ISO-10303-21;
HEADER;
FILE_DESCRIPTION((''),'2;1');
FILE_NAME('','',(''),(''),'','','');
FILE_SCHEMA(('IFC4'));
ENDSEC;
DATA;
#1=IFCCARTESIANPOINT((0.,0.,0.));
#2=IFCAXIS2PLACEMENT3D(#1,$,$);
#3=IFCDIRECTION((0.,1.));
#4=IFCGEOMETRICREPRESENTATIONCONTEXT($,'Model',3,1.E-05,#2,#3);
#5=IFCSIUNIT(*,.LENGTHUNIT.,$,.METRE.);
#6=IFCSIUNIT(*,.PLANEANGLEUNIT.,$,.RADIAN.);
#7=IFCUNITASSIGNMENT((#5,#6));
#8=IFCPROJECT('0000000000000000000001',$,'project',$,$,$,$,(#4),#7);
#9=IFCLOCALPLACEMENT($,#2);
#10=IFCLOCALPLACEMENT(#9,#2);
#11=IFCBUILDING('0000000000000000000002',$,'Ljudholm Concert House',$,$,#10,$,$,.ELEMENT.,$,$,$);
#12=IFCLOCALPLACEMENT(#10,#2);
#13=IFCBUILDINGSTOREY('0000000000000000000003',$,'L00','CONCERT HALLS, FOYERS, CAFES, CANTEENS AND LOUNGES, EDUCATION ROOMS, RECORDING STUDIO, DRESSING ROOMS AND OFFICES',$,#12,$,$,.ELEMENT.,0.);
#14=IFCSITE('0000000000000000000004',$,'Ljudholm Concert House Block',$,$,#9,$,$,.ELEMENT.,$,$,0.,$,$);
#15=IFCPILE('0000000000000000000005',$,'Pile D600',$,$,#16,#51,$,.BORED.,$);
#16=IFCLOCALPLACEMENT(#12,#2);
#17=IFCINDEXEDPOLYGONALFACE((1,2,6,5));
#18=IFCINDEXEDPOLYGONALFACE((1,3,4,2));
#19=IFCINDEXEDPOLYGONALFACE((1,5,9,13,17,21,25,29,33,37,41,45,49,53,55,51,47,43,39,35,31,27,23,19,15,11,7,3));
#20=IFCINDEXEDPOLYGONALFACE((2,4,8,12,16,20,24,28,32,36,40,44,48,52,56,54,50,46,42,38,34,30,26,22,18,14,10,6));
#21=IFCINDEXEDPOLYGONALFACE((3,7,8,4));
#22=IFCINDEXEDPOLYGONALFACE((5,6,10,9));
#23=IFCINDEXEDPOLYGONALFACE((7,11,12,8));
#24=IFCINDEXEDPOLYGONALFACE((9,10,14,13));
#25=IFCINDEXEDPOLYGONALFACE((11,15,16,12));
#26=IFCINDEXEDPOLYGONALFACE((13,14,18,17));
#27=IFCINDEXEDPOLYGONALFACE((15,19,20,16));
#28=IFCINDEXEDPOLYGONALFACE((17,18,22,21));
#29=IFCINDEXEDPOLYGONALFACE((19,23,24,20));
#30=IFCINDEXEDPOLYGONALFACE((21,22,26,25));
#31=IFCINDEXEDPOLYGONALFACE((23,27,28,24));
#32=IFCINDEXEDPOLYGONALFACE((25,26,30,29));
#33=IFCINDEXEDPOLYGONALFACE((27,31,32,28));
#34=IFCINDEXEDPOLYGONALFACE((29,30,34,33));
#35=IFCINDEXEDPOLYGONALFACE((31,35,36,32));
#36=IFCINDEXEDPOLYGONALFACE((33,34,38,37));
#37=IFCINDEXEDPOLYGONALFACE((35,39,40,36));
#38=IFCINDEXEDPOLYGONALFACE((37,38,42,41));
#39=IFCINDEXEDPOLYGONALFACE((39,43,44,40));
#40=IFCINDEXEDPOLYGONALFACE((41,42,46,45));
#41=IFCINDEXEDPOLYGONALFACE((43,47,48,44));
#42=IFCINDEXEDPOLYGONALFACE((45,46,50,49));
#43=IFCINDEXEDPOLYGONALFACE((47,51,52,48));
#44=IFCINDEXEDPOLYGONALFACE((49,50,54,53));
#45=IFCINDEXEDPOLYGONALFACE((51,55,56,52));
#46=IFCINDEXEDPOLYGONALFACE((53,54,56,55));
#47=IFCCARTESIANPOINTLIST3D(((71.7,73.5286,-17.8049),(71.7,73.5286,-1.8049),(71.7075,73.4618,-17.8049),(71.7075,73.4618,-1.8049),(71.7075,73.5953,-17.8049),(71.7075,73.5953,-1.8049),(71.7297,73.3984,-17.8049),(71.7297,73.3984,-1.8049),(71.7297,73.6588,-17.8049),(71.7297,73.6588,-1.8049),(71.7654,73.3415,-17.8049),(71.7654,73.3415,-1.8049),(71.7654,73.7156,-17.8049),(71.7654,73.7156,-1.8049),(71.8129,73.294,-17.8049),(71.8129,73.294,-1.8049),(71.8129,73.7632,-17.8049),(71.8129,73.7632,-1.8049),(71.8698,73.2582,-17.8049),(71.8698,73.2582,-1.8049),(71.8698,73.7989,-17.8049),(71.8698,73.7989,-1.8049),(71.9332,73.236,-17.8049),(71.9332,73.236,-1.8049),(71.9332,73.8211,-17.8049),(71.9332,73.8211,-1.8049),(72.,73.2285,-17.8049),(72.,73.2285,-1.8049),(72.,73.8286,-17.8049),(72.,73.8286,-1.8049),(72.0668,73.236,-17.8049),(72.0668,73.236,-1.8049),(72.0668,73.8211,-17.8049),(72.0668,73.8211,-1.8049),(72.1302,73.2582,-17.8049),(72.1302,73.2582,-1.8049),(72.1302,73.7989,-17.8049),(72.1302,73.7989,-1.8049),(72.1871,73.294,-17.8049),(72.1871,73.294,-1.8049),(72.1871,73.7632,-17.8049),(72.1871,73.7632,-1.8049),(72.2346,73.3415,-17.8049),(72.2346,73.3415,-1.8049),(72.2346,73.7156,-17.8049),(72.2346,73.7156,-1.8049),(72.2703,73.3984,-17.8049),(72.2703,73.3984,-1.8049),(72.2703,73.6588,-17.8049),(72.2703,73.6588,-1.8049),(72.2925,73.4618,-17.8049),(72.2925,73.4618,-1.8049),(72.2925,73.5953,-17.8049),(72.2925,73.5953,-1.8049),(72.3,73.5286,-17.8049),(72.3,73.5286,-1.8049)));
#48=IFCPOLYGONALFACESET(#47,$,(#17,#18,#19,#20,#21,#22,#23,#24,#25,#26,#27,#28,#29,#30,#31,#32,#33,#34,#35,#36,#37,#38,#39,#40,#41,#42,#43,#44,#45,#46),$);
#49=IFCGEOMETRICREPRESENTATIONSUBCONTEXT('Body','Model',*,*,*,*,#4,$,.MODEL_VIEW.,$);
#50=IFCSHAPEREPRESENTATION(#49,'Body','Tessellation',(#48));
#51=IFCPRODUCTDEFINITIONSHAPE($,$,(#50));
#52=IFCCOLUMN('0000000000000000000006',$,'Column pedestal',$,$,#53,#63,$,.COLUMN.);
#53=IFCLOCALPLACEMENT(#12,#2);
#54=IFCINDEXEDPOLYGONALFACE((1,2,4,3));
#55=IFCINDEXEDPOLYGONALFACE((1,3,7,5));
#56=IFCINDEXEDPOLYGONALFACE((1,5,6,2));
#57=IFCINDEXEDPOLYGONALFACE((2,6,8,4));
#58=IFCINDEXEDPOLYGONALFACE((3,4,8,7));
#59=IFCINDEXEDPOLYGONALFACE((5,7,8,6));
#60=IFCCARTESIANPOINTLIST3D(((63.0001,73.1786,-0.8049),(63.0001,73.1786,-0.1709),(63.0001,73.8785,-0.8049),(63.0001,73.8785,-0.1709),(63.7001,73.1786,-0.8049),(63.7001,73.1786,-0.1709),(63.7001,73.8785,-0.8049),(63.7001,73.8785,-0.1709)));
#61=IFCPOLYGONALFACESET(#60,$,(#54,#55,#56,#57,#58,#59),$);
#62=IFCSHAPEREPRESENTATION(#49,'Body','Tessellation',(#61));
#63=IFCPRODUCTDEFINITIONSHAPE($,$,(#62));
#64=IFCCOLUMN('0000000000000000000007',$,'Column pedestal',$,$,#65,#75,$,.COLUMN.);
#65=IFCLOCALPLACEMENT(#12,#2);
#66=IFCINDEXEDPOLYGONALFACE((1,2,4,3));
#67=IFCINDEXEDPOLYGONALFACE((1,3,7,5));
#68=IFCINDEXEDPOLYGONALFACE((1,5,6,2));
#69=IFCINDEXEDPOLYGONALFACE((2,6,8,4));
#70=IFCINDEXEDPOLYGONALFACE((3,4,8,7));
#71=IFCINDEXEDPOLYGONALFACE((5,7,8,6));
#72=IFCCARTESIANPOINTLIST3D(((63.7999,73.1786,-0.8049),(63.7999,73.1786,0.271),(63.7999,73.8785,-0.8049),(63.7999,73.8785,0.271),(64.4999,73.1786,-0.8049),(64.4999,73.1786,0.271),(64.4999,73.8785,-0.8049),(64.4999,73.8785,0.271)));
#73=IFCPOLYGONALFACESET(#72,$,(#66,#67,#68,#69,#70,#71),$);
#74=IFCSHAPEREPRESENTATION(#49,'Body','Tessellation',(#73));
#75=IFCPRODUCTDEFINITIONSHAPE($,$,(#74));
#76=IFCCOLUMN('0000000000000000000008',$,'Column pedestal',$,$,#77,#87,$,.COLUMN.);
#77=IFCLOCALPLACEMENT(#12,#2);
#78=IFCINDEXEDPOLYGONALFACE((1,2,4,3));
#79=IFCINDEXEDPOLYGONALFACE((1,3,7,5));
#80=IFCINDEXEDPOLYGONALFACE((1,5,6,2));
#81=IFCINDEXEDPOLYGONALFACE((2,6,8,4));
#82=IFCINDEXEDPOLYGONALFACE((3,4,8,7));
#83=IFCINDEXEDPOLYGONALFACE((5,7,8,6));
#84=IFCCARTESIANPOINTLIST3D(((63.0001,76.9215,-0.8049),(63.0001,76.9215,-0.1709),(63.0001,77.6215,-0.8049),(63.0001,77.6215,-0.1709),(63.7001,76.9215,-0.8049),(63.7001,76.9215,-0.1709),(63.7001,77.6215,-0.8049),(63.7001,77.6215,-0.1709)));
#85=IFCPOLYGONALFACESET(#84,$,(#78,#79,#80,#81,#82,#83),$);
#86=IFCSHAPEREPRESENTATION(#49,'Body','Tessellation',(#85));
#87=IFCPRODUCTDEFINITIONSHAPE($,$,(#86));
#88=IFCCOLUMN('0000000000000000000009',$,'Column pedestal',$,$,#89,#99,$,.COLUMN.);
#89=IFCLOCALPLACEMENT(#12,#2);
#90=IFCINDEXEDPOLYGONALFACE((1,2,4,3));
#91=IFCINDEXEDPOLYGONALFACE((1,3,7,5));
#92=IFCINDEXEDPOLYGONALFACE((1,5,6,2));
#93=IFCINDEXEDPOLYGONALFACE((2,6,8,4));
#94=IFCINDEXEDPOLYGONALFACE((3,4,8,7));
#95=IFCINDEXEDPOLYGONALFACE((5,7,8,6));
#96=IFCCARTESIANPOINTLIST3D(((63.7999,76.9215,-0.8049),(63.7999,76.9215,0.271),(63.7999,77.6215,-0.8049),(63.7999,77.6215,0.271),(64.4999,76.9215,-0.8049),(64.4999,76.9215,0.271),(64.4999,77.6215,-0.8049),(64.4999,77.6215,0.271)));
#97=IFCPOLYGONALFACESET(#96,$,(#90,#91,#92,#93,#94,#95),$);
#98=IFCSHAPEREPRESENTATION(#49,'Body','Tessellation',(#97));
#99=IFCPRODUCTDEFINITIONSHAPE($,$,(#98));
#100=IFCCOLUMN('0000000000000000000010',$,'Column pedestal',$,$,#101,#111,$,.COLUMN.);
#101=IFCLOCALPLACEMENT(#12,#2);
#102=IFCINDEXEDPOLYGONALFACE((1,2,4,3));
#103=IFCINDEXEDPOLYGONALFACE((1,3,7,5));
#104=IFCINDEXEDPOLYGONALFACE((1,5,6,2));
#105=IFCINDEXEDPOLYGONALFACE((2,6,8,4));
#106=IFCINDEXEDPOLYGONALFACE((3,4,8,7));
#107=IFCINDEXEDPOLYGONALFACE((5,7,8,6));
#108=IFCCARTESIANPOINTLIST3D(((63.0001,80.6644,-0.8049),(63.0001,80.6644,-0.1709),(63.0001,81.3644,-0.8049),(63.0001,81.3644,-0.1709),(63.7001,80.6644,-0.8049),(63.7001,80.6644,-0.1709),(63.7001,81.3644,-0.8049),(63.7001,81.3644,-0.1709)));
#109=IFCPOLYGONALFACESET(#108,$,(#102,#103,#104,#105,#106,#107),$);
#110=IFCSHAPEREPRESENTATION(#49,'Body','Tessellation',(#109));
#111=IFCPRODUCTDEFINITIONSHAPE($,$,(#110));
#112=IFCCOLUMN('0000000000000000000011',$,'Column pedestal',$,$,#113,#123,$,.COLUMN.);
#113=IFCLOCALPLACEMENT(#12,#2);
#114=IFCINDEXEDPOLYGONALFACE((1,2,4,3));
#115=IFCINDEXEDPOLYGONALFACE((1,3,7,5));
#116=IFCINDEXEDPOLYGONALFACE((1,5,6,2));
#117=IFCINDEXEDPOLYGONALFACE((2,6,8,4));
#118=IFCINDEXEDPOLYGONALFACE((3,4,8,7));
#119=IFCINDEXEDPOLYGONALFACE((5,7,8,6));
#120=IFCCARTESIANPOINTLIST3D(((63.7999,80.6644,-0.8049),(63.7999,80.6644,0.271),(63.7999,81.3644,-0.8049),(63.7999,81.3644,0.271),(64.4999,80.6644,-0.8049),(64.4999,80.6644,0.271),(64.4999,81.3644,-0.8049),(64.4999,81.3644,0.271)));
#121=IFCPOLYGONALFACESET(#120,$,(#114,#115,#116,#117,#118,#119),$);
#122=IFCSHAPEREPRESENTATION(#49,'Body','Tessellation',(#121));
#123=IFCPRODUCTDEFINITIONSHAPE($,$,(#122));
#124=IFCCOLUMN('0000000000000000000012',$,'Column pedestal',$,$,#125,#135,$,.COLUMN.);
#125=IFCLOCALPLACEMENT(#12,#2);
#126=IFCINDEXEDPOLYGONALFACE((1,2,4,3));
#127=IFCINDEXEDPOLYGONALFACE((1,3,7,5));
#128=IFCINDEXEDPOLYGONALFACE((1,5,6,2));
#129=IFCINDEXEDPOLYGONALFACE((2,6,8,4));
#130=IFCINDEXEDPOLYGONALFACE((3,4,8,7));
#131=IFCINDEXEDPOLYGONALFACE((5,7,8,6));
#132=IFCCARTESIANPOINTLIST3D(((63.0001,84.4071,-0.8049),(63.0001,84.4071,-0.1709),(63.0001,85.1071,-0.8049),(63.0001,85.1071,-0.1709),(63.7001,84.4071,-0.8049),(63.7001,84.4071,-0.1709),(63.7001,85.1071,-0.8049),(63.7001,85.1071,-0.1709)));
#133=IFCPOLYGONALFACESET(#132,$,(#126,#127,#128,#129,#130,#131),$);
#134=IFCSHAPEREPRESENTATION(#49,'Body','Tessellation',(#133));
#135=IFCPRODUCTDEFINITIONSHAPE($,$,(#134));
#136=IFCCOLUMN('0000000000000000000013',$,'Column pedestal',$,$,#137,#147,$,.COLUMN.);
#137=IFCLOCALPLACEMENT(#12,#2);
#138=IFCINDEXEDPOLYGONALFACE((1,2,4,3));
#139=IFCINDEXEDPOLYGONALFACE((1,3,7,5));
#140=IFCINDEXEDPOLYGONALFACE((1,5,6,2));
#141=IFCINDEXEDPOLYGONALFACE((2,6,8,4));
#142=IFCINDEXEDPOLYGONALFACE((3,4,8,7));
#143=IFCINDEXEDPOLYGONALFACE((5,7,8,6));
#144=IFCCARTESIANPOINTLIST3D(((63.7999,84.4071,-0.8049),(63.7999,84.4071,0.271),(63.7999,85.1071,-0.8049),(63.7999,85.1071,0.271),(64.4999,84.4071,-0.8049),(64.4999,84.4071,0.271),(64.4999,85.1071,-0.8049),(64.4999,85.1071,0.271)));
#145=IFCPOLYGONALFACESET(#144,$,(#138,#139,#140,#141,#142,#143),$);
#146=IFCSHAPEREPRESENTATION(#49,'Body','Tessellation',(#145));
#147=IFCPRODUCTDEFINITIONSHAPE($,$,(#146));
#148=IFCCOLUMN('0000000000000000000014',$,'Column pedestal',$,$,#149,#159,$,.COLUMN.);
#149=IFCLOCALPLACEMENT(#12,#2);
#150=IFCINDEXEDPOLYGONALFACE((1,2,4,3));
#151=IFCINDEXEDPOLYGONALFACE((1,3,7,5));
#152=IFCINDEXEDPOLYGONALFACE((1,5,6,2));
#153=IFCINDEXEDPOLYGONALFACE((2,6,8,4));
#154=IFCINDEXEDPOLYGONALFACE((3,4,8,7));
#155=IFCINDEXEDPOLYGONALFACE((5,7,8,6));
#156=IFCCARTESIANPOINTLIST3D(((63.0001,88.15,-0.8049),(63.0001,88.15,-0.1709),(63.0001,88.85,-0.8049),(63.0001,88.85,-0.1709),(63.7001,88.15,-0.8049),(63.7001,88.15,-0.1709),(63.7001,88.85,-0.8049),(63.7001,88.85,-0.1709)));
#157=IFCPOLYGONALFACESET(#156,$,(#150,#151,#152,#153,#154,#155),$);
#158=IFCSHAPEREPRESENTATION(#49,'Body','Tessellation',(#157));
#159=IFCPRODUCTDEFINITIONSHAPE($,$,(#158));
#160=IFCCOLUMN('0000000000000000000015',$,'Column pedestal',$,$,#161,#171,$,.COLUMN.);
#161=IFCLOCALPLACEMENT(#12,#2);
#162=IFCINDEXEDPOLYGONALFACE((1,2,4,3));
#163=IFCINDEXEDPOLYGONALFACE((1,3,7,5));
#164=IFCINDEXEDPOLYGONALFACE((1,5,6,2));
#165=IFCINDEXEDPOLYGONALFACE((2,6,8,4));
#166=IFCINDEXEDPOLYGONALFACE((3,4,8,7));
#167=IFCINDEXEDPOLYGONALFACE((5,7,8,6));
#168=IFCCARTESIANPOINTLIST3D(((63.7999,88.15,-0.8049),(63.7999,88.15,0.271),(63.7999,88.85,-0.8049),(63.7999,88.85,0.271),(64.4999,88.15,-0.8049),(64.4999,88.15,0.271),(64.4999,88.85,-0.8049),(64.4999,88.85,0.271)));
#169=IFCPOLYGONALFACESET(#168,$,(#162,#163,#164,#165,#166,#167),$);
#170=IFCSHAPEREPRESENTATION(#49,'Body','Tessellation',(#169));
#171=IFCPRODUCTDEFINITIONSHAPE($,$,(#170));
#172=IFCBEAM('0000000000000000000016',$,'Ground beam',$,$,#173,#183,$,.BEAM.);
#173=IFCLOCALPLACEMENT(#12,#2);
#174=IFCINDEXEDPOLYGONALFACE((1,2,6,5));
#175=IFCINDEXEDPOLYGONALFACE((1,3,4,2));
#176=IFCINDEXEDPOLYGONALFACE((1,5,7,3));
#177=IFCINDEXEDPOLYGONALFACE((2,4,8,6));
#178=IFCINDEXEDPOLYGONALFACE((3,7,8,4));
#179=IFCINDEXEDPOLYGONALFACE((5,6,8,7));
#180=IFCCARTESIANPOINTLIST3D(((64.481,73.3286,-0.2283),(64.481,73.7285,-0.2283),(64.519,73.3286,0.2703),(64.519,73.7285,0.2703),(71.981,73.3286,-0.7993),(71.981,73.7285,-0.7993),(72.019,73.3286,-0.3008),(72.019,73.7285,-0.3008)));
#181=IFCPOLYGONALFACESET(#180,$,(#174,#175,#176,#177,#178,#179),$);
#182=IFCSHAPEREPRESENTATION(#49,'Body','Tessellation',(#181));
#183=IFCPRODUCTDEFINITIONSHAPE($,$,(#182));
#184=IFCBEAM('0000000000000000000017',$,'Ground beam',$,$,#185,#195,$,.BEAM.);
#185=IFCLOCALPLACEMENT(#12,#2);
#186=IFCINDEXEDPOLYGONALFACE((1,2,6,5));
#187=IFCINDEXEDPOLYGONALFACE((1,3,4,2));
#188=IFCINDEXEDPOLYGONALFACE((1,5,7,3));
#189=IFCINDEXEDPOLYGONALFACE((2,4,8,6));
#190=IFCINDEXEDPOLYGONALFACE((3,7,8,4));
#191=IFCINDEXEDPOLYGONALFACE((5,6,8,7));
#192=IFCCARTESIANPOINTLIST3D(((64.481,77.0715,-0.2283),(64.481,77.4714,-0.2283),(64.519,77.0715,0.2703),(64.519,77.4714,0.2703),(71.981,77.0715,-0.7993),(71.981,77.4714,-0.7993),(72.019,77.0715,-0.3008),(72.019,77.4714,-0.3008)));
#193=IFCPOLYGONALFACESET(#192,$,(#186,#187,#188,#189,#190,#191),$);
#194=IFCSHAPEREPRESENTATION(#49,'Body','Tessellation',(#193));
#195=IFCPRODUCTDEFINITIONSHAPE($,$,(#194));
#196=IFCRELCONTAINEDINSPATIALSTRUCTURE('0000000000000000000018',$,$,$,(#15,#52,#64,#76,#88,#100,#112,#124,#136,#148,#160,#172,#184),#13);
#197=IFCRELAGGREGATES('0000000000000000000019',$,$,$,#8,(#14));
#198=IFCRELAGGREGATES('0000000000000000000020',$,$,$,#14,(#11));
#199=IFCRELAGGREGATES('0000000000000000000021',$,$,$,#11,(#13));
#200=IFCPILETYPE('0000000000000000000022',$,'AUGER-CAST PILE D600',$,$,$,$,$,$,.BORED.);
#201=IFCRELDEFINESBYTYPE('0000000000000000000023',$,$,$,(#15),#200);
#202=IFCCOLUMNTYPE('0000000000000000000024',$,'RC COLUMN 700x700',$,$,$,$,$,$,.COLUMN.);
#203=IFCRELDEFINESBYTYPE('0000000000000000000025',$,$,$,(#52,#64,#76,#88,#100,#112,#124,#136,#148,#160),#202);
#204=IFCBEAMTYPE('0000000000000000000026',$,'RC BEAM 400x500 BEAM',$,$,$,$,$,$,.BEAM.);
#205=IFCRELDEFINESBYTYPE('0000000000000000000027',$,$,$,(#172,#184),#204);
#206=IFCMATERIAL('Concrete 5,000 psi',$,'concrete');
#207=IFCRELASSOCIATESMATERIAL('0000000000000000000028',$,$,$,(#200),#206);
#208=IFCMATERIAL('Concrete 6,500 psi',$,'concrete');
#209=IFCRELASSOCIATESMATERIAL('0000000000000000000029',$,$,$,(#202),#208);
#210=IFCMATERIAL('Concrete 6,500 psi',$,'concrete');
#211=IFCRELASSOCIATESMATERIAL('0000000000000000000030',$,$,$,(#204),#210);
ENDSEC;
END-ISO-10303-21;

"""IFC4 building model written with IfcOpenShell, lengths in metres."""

from ifc_helpers import new_model, si_unit, direction, frame, origin, origin_2d, place, context, subcontext, project, spatial, rectangle, circle, extrude, material, material_profile, profile_set, type_object, element, save


model = new_model("IFC4")

# Units and contexts
model_context = context("Model", 3, precision=1e-05, world=origin(), true_north=direction((0.0, 1.0)))
body_context = subcontext(model_context, "Body", "Model", "MODEL_VIEW")
ifc_project = project(units=[si_unit("LENGTHUNIT", "METRE"), si_unit("PLANEANGLEUNIT", "RADIAN")], contexts=[model_context])

# Site, building, storey
site_placement = place(None, origin())
site = spatial("IfcSite", under=ifc_project, at=site_placement, Name="Ljudholm Concert House Block", CompositionType="ELEMENT", RefElevation=0.0)
building_placement = place(site_placement, origin())
building = spatial("IfcBuilding", under=site, at=building_placement, Name="Ljudholm Concert House", CompositionType="ELEMENT")
storey_placement = place(building_placement, origin())
storey = spatial("IfcBuildingStorey", under=building, at=storey_placement, Name="L00", Description="CONCERT HALLS, FOYERS, CAFES, CANTEENS AND LOUNGES, EDUCATION ROOMS, RECORDING STUDIO, DRESSING ROOMS AND OFFICES", CompositionType="ELEMENT", Elevation=0.0)

# Pile
ifc_material_1 = material(Name="Concrete 5,000 psi", Category="concrete")
ifc_material_profile_1 = material_profile(ifc_material_1, circle(Radius=0.3, at=origin_2d()), Name="AUGER-CAST PILE D600")
ifc_profile_set_1 = profile_set([ifc_material_profile_1], Name="Concrete 5,000 psi")
pile_type = type_object("IfcPileType", Name="AUGER-CAST PILE D600", PredefinedType="BORED", material=ifc_profile_set_1)
for number, where, z_axis, x_axis, name in (
    (1, (72.0, 73.5286, -1.8049), (0.0, 0.0, -1.0), (1.0, 0.0, 0.0), "Pile D600"),
):
    element("IfcPile", number, at=place(storey_placement, frame(where, z_axis=z_axis, x_axis=x_axis)), inside=storey, type_object=pile_type, Name=name, PredefinedType="BORED", context=body_context, shape_type="SweptSolid", body=[
        extrude(circle(Radius=0.3, at=origin_2d()), origin(), (0.0, 0.0, 1.0), 16.0),
    ])

# Columns
ifc_material_2 = material(Name="Concrete 6,500 psi", Category="concrete")
ifc_material_profile_2 = material_profile(ifc_material_2, rectangle(XDim=0.7, YDim=0.7, at=origin_2d()), Name="RC COLUMN 700x700")
ifc_profile_set_2 = profile_set([ifc_material_profile_2], Name="Concrete 6,500 psi")
column_type = type_object("IfcColumnType", Name="RC COLUMN 700x700", PredefinedType="COLUMN", material=ifc_profile_set_2)
column_1_placement = place(storey_placement, frame((63.3501, 73.5286, -0.8049), z_axis=(0.0, 0.0, 1.0), x_axis=(1.0, 0.0, 0.0)))
element("IfcColumn", 2, at=column_1_placement, inside=storey, type_object=column_type, Name="Column pedestal", PredefinedType="COLUMN", context=body_context, shape_type="SweptSolid", body=[
    extrude(rectangle(XDim=0.7, YDim=0.7, at=origin_2d()), origin(), (0.0, 0.0, 1.0), 0.634),
])
column_2_placement = place(storey_placement, frame((64.1499, 73.5286, -0.8049), z_axis=(0.0, 0.0, 1.0), x_axis=(1.0, 0.0, 0.0)))
element("IfcColumn", 3, at=column_2_placement, inside=storey, type_object=column_type, Name="Column pedestal", PredefinedType="COLUMN", context=body_context, shape_type="SweptSolid", body=[
    extrude(rectangle(XDim=0.7, YDim=0.7, at=origin_2d()), origin(), (0.0, 0.0, 1.0), 1.0759),
])
column_3_placement = place(storey_placement, frame((63.3501, 77.2715, -0.8049), z_axis=(0.0, 0.0, 1.0), x_axis=(1.0, 0.0, 0.0)))
element("IfcColumn", 4, at=column_3_placement, inside=storey, type_object=column_type, Name="Column pedestal", PredefinedType="COLUMN", context=body_context, shape_type="SweptSolid", body=[
    extrude(rectangle(XDim=0.7, YDim=0.7, at=origin_2d()), origin(), (0.0, 0.0, 1.0), 0.634),
])
column_4_placement = place(storey_placement, frame((64.1499, 77.2715, -0.8049), z_axis=(0.0, 0.0, 1.0), x_axis=(1.0, 0.0, 0.0)))
element("IfcColumn", 5, at=column_4_placement, inside=storey, type_object=column_type, Name="Column pedestal", PredefinedType="COLUMN", context=body_context, shape_type="SweptSolid", body=[
    extrude(rectangle(XDim=0.7, YDim=0.7, at=origin_2d()), origin(), (0.0, 0.0, 1.0), 1.0759),
])
column_5_placement = place(storey_placement, frame((63.3501, 81.0144, -0.8049), z_axis=(0.0, 0.0, 1.0), x_axis=(1.0, 0.0, 0.0)))
element("IfcColumn", 6, at=column_5_placement, inside=storey, type_object=column_type, Name="Column pedestal", PredefinedType="COLUMN", context=body_context, shape_type="SweptSolid", body=[
    extrude(rectangle(XDim=0.7, YDim=0.7, at=origin_2d()), origin(), (0.0, 0.0, 1.0), 0.634),
])
column_6_placement = place(storey_placement, frame((64.1499, 81.0144, -0.8049), z_axis=(0.0, 0.0, 1.0), x_axis=(1.0, 0.0, 0.0)))
element("IfcColumn", 7, at=column_6_placement, inside=storey, type_object=column_type, Name="Column pedestal", PredefinedType="COLUMN", context=body_context, shape_type="SweptSolid", body=[
    extrude(rectangle(XDim=0.7, YDim=0.7, at=origin_2d()), origin(), (0.0, 0.0, 1.0), 1.0759),
])
column_7_placement = place(storey_placement, frame((63.3501, 84.7571, -0.8049), z_axis=(0.0, 0.0, 1.0), x_axis=(1.0, 0.0, 0.0)))
element("IfcColumn", 8, at=column_7_placement, inside=storey, type_object=column_type, Name="Column pedestal", PredefinedType="COLUMN", context=body_context, shape_type="SweptSolid", body=[
    extrude(rectangle(XDim=0.7, YDim=0.7, at=origin_2d()), origin(), (0.0, 0.0, 1.0), 0.634),
])
column_8_placement = place(storey_placement, frame((64.1499, 84.7571, -0.8049), z_axis=(0.0, 0.0, 1.0), x_axis=(1.0, 0.0, 0.0)))
element("IfcColumn", 9, at=column_8_placement, inside=storey, type_object=column_type, Name="Column pedestal", PredefinedType="COLUMN", context=body_context, shape_type="SweptSolid", body=[
    extrude(rectangle(XDim=0.7, YDim=0.7, at=origin_2d()), origin(), (0.0, 0.0, 1.0), 1.0759),
])
column_9_placement = place(storey_placement, frame((63.3501, 88.5, -0.8049), z_axis=(0.0, 0.0, 1.0), x_axis=(1.0, 0.0, 0.0)))
element("IfcColumn", 10, at=column_9_placement, inside=storey, type_object=column_type, Name="Column pedestal", PredefinedType="COLUMN", context=body_context, shape_type="SweptSolid", body=[
    extrude(rectangle(XDim=0.7, YDim=0.7, at=origin_2d()), origin(), (0.0, 0.0, 1.0), 0.634),
])
column_10_placement = place(storey_placement, frame((64.1499, 88.5, -0.8049), z_axis=(0.0, 0.0, 1.0), x_axis=(1.0, 0.0, 0.0)))
element("IfcColumn", 11, at=column_10_placement, inside=storey, type_object=column_type, Name="Column pedestal", PredefinedType="COLUMN", context=body_context, shape_type="SweptSolid", body=[
    extrude(rectangle(XDim=0.7, YDim=0.7, at=origin_2d()), origin(), (0.0, 0.0, 1.0), 1.0759),
])

# Beams
ifc_material_3 = material(Name="Concrete 6,500 psi", Category="concrete")
ifc_material_profile_3 = material_profile(ifc_material_3, rectangle(XDim=0.3999, YDim=0.5, at=origin_2d()), Name="RC BEAM 400x500 BEAM")
ifc_profile_set_3 = profile_set([ifc_material_profile_3], Name="Concrete 6,500 psi")
beam_type_1 = type_object("IfcBeamType", Name="RC BEAM 400x500 BEAM", PredefinedType="BEAM", material=ifc_profile_set_3)
for number, where, z_axis, x_axis, name in (
    (12, (64.5, 73.5286, 0.021), (0.997114, 0.0, -0.07592), (0.0, 1.0, 0.0), "Ground beam"),
    (13, (64.5, 77.2715, 0.021), (0.997114, 0.0, -0.07592), (0.0, 1.0, 0.0), "Ground beam"),
):
    element("IfcBeam", number, at=place(storey_placement, frame(where, z_axis=z_axis, x_axis=x_axis)), inside=storey, type_object=beam_type_1, Name=name, PredefinedType="BEAM", context=body_context, shape_type="SweptSolid", body=[
        extrude(rectangle(XDim=0.3999, YDim=0.5, at=origin_2d()), origin(), (0.0, 0.0, 1.0), 7.5217),
    ])

save(model, "model.ifc")
